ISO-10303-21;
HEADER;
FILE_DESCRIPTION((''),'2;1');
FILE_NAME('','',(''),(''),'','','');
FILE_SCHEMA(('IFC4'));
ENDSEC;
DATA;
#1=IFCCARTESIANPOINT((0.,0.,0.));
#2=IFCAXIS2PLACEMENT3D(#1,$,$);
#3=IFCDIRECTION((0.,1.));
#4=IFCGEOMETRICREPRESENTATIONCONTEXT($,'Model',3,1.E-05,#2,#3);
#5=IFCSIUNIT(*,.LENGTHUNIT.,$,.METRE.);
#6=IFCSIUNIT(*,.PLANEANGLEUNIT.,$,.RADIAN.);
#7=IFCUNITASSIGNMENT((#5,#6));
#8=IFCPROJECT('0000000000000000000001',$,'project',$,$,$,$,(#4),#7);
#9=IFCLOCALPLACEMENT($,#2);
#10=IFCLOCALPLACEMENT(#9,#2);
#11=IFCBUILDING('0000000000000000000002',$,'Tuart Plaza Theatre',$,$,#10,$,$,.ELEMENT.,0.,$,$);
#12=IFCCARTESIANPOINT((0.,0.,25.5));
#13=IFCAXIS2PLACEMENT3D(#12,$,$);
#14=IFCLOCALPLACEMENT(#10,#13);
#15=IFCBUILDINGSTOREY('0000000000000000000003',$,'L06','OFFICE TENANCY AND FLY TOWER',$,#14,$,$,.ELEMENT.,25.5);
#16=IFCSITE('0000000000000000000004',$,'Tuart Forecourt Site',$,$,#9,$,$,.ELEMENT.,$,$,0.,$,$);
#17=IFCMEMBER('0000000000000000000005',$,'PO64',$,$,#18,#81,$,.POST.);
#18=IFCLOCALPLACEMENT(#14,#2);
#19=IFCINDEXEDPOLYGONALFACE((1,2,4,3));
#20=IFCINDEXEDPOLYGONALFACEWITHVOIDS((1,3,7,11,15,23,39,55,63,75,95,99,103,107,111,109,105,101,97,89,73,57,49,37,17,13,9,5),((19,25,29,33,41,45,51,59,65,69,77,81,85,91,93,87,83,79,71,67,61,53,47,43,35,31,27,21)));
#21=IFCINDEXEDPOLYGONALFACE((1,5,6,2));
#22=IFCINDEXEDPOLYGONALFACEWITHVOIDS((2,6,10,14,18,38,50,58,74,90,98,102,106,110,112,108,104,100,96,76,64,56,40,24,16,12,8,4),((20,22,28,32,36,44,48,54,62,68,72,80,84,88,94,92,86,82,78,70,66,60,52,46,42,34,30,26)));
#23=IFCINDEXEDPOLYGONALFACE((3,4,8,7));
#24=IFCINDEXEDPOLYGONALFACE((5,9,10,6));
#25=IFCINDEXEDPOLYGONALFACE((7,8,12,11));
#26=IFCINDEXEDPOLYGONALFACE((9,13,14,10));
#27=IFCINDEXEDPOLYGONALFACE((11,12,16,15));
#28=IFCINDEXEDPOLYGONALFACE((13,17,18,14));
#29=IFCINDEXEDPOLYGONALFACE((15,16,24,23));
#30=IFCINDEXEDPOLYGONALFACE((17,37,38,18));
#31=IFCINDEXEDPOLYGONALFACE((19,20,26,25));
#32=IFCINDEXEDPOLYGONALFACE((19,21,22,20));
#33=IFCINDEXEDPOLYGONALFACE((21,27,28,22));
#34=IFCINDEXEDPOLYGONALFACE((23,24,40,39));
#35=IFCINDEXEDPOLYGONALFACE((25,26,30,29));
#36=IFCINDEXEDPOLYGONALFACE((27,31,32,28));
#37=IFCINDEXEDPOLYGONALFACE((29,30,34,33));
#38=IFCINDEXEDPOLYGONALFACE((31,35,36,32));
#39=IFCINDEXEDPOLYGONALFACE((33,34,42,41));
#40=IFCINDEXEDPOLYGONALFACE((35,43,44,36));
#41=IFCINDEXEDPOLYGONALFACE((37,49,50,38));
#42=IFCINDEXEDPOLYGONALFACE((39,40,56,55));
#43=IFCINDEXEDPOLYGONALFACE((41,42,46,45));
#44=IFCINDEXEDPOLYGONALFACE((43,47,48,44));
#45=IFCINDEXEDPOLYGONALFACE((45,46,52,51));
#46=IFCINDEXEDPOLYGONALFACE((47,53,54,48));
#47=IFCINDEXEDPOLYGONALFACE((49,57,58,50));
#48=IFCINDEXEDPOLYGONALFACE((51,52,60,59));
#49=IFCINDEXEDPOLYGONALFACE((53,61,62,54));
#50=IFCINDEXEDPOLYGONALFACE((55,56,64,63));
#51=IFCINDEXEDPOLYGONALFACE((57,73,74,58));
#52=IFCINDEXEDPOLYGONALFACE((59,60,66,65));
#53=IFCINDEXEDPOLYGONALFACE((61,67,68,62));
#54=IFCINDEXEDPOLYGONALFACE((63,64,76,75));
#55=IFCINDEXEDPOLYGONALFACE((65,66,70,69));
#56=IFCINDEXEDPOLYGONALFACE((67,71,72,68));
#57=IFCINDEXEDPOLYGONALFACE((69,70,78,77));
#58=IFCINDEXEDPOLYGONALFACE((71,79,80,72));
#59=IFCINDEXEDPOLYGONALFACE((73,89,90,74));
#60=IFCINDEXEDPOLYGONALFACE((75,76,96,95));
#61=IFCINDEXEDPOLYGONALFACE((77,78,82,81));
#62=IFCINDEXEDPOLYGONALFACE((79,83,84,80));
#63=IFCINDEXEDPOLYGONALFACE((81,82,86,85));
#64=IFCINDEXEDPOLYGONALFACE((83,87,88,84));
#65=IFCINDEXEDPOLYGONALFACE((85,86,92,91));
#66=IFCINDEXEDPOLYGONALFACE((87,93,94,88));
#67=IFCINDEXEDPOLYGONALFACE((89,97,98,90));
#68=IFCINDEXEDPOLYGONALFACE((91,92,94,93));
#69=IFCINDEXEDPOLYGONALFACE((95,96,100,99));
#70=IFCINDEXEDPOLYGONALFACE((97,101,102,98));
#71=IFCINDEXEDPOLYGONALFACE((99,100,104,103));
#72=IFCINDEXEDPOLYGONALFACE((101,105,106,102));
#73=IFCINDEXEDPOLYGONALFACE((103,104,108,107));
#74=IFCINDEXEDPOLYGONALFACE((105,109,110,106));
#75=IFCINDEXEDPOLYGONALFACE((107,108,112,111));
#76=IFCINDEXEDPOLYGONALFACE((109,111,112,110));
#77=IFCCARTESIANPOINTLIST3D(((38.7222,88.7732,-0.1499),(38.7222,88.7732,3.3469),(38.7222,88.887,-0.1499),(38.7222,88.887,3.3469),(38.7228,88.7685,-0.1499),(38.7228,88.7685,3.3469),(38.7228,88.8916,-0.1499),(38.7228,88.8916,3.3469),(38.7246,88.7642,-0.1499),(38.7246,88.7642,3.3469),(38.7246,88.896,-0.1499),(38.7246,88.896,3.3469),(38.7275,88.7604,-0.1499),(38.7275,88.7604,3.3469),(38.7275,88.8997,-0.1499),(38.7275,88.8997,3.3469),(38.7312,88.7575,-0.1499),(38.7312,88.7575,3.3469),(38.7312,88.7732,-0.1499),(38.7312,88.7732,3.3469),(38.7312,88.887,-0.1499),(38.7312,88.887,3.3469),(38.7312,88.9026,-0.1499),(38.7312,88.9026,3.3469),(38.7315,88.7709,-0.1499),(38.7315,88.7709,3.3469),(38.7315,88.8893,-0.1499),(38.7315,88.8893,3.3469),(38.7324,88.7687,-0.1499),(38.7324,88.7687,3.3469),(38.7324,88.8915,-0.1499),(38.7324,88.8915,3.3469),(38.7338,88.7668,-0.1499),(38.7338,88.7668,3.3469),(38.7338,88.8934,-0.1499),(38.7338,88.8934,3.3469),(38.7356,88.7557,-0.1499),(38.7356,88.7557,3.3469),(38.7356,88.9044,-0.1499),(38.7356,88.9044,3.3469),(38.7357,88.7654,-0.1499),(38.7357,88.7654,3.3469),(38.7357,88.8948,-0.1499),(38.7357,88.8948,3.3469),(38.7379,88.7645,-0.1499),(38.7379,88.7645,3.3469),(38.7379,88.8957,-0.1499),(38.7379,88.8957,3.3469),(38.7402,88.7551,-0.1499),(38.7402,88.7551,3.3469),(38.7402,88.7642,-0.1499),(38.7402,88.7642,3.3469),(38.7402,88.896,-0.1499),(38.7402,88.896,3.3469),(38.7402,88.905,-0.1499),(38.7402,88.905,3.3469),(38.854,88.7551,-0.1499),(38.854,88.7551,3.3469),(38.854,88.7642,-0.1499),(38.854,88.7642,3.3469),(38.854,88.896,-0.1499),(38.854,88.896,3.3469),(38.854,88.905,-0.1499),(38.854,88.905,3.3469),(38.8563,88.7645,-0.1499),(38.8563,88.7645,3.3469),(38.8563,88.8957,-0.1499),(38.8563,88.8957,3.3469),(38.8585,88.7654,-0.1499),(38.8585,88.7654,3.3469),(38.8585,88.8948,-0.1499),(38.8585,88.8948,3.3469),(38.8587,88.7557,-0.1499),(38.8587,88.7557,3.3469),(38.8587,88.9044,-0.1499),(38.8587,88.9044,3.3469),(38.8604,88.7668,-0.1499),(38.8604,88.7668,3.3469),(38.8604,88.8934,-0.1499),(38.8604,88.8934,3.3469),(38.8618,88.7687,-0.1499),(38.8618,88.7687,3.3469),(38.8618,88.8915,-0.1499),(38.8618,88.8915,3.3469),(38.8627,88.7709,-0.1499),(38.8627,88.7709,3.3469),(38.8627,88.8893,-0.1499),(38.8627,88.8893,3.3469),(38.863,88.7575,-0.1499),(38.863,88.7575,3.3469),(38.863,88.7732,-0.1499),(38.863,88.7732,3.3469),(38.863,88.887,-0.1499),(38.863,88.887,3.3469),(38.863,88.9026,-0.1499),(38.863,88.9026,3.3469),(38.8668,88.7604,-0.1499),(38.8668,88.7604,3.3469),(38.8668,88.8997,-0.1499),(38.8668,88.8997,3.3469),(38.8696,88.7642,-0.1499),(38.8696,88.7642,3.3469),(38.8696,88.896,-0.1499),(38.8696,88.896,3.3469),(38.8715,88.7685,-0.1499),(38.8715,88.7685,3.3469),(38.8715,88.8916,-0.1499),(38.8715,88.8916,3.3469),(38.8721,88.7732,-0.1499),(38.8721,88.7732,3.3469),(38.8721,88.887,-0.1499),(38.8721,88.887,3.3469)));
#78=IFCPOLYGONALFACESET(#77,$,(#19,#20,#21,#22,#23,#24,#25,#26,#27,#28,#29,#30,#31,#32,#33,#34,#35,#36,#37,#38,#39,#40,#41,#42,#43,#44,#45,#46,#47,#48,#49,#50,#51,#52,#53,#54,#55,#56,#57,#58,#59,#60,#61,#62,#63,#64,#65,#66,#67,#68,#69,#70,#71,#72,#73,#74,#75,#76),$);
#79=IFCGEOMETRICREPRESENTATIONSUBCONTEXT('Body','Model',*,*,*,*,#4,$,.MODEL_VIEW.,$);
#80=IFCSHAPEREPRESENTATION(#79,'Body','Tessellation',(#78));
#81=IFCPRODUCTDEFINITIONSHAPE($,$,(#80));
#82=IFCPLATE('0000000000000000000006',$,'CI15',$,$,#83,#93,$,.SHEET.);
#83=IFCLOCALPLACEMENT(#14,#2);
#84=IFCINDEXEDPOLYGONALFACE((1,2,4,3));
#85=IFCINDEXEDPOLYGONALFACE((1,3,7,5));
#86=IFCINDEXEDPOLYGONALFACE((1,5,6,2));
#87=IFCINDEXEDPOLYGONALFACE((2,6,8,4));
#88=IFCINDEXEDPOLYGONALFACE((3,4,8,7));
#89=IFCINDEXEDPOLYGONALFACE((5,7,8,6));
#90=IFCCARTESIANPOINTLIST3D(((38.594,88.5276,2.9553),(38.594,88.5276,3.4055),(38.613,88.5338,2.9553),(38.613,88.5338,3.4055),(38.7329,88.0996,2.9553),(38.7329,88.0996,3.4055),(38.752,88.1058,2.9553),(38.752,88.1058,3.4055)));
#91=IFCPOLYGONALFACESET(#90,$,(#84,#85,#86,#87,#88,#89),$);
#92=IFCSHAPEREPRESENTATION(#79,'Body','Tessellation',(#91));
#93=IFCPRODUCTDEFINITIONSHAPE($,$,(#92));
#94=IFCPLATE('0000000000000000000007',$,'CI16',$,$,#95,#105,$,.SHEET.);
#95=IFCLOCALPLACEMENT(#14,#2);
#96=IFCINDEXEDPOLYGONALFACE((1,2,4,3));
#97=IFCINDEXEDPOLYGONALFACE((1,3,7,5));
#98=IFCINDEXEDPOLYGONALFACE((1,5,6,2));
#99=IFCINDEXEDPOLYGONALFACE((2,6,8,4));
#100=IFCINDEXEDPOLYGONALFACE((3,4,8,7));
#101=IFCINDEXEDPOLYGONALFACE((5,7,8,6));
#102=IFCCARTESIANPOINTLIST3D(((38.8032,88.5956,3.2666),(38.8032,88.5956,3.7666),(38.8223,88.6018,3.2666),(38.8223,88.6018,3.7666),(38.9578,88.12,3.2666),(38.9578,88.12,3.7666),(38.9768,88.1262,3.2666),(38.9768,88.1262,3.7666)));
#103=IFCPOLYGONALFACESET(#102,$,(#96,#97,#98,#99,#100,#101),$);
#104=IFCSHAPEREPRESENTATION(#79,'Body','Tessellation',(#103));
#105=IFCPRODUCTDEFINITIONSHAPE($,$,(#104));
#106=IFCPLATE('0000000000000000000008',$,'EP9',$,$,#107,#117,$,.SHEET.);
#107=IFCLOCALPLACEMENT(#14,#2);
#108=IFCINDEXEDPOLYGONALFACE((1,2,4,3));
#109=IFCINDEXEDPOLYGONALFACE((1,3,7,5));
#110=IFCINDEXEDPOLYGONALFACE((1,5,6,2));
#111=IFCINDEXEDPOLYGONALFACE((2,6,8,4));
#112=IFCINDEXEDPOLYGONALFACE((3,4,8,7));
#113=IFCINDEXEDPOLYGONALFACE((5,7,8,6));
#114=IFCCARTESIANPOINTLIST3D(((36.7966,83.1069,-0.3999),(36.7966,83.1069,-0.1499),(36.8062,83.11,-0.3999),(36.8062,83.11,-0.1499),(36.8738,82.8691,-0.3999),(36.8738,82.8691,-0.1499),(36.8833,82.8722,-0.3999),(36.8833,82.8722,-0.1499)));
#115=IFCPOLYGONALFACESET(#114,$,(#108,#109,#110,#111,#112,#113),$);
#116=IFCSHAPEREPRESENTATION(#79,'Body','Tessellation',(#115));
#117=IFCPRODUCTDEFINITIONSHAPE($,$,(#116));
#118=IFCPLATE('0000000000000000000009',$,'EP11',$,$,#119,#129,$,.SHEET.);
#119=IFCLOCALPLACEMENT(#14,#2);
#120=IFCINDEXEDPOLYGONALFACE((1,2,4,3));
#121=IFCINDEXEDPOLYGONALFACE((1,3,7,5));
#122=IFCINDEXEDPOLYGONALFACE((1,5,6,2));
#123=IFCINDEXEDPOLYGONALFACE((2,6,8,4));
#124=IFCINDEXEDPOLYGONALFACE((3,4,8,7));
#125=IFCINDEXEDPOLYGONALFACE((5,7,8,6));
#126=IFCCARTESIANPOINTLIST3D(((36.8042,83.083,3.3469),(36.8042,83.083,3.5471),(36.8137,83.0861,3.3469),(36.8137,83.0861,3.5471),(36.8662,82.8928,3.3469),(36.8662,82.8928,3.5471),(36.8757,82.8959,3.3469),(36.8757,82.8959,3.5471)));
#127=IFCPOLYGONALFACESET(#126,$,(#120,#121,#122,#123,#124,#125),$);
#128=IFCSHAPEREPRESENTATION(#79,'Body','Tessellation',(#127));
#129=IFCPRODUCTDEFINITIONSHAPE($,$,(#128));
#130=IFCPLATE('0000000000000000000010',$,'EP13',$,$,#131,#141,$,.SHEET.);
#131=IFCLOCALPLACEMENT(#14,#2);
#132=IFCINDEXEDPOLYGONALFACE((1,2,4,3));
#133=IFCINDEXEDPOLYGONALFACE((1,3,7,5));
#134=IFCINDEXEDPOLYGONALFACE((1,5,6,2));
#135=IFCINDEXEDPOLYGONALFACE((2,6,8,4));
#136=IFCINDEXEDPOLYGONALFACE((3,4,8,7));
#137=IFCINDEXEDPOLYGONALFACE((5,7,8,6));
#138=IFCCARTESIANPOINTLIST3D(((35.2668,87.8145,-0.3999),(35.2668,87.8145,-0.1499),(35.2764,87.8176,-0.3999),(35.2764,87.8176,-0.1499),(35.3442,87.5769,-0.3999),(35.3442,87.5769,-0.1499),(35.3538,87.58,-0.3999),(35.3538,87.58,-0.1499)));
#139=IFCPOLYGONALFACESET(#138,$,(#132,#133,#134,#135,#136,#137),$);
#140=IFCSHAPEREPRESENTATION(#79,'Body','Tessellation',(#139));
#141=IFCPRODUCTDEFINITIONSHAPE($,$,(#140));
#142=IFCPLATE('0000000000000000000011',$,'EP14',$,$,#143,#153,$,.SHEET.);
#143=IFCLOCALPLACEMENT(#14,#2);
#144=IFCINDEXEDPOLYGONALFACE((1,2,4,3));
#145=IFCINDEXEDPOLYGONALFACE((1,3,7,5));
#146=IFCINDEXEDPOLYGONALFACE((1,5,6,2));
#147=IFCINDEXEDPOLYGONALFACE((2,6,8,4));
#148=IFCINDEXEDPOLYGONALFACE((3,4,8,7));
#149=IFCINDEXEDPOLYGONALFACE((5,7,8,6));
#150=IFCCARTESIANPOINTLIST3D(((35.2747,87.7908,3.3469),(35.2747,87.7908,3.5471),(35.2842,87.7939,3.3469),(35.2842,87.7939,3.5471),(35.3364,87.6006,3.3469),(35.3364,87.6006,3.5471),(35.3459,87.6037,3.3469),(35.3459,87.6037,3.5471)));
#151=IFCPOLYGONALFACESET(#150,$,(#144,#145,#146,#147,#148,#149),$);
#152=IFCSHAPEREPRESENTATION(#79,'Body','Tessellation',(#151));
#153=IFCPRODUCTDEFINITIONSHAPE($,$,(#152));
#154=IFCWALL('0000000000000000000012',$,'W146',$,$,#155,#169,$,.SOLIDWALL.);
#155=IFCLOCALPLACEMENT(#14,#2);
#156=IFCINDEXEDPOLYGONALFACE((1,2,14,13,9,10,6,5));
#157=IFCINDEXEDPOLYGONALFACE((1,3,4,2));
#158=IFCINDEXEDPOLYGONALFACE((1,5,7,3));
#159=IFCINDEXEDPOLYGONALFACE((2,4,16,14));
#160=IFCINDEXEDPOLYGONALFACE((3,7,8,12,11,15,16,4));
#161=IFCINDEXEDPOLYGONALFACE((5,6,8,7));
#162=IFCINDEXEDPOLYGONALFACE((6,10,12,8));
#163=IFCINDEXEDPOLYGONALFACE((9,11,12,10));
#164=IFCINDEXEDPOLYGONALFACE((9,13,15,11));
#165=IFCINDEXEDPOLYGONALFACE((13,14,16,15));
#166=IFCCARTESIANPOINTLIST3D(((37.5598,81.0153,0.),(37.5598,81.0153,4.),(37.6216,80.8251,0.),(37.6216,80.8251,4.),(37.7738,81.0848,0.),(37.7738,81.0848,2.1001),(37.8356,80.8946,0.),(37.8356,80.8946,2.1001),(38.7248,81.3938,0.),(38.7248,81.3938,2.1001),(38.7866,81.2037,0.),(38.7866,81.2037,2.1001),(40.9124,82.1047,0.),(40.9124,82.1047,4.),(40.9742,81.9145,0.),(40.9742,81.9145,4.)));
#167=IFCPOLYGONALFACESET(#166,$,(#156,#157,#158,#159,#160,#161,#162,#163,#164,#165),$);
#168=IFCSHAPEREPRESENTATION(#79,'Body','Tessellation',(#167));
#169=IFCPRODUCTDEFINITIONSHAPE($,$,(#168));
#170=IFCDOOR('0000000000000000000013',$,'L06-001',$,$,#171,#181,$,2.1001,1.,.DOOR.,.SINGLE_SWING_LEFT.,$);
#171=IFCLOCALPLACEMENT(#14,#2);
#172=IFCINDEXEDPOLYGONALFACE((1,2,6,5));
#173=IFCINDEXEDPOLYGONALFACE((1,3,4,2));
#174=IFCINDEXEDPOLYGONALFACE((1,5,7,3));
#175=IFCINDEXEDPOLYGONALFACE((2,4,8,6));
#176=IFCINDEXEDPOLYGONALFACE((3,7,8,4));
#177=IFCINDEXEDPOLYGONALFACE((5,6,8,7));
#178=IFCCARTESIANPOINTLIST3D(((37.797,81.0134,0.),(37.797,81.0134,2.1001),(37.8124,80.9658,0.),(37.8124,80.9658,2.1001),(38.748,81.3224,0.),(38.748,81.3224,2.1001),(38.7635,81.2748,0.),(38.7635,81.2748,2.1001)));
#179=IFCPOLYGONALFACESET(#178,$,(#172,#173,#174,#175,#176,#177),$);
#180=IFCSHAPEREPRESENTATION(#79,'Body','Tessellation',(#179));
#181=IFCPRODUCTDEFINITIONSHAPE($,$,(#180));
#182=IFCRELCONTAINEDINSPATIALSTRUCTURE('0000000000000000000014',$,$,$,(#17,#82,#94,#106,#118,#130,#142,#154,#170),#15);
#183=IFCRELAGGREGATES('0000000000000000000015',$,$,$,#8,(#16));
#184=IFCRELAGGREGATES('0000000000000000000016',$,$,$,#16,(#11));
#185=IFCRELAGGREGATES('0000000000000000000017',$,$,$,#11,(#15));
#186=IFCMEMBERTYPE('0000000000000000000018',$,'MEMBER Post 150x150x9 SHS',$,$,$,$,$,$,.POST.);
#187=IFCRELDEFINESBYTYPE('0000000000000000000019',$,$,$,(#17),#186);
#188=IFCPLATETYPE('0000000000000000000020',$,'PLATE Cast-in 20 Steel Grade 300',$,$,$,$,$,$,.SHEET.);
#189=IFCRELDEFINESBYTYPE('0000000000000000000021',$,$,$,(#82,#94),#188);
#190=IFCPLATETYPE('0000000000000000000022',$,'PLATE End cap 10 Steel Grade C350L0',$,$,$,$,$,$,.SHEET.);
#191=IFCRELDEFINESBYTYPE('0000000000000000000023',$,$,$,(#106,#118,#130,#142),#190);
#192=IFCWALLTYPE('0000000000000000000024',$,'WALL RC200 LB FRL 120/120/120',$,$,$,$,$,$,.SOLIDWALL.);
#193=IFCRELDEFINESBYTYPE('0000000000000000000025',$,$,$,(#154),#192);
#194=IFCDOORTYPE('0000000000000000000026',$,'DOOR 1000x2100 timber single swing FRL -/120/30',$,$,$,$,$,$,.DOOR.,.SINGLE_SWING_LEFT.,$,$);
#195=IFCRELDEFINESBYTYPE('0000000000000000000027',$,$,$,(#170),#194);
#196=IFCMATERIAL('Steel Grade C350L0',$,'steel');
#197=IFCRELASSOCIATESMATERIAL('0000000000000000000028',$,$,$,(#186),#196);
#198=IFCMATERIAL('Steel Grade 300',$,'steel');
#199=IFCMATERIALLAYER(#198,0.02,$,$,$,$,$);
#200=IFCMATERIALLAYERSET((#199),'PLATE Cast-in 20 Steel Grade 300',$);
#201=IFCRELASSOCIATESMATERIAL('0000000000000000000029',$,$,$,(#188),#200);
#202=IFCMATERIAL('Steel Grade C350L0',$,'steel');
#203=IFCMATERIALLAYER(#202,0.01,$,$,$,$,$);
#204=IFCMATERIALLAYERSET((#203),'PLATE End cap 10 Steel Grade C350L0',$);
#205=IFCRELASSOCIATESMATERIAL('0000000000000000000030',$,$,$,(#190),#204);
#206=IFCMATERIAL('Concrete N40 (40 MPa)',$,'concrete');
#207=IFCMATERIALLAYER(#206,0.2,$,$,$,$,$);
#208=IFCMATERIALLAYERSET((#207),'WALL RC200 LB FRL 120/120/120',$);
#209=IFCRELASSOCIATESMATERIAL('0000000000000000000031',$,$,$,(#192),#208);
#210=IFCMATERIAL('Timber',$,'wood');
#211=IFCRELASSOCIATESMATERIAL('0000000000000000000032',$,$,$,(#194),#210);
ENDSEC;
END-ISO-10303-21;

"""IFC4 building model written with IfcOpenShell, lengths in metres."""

from ifc_helpers import new_model, si_unit, direction, frame, frame_2d, origin, origin_2d, place, context, subcontext, project, spatial, polyline, rectangle, hollow_rectangle, outline, extrude, material, layer, layer_set, material_profile, profile_set, type_object, element, fill, save


model = new_model("IFC4")

# Units and contexts
model_context = context("Model", 3, precision=1e-05, world=origin(), true_north=direction((0.0, 1.0)))
body_context = subcontext(model_context, "Body", "Model", "MODEL_VIEW")
ifc_project = project(units=[si_unit("LENGTHUNIT", "METRE"), si_unit("PLANEANGLEUNIT", "RADIAN")], contexts=[model_context])

# Site, building, storey
site_placement = place(None, origin())
site = spatial("IfcSite", under=ifc_project, at=site_placement, Name="Tuart Forecourt Site", CompositionType="ELEMENT", RefElevation=0.0)
building_placement = place(site_placement, origin())
building = spatial("IfcBuilding", under=site, at=building_placement, Name="Tuart Plaza Theatre", CompositionType="ELEMENT", ElevationOfRefHeight=0.0)
storey_placement = place(building_placement, frame((0.0, 0.0, 25.5)))
storey = spatial("IfcBuildingStorey", under=building, at=storey_placement, Name="L06", Description="OFFICE TENANCY AND FLY TOWER", CompositionType="ELEMENT", Elevation=25.5)

# Member
ifc_material_1 = material(Name="Steel Grade C350L0", Category="steel")
ifc_material_profile_1 = material_profile(ifc_material_1, hollow_rectangle(XDim=0.1499, YDim=0.1499, WallThickness=0.009, InnerFilletRadius=0.009, OuterFilletRadius=0.0181, at=origin_2d()), Name="150x150x9 SHS")
ifc_profile_set_1 = profile_set([ifc_material_profile_1], Name="Steel Grade C350L0")
member_type_1 = type_object("IfcMemberType", Name="MEMBER Post 150x150x9 SHS", PredefinedType="POST", material=ifc_profile_set_1)
for number, where, z_axis, x_axis, name in (
    (1, (38.7971, 88.8301, -0.1499), (0.0, 0.0, 1.0), (1.0, 0.0, 0.0), "PO64"),
):
    element("IfcMember", number, at=place(storey_placement, frame(where, z_axis=z_axis, x_axis=x_axis)), inside=storey, type_object=member_type_1, Name=name, PredefinedType="POST", context=body_context, shape_type="SweptSolid", body=[
        extrude(hollow_rectangle(XDim=0.1499, YDim=0.1499, WallThickness=0.009, InnerFilletRadius=0.009, OuterFilletRadius=0.0181, at=origin_2d()), origin(), (0.0, 0.0, 1.0), 3.4968),
    ])

# Plates
ifc_material_2 = material(Name="Steel Grade 300", Category="steel")
ifc_layer_1 = layer(ifc_material_2, 0.02)
ifc_layer_set_1 = layer_set([ifc_layer_1], Name="PLATE Cast-in 20 Steel Grade 300")
plate_type_1 = type_object("IfcPlateType", Name="PLATE Cast-in 20 Steel Grade 300", PredefinedType="SHEET", material=ifc_layer_set_1)
plate_1_placement = place(storey_placement, frame((38.7329, 88.0996, 3.4055), z_axis=(-0.95115, -0.30873, 0.0), x_axis=(-0.30873, 0.95115, 0.0)))
element("IfcPlate", 2, at=plate_1_placement, inside=storey, type_object=plate_type_1, Name="CI15", PredefinedType="SHEET", context=body_context, shape_type="SweptSolid", body=[
    extrude(outline(polyline([(0.0, 0.0), (0.45, 0.0), (0.45, 0.4502), (0.0, 0.4502), (0.0, 0.0)])), origin(), (0.0, 0.0, -1.0), 0.02),
])
plate_2_placement = place(storey_placement, frame((38.9768, 88.1262, 3.2666), z_axis=(0.951048, 0.309042, 0.0), x_axis=(-0.309042, 0.951048, 0.0)))
element("IfcPlate", 3, at=plate_2_placement, inside=storey, type_object=plate_type_1, Name="CI16", PredefinedType="SHEET", context=body_context, shape_type="SweptSolid", body=[
    extrude(outline(polyline([(0.0, 0.0), (0.5001, 0.0), (0.5001, 0.5), (0.0, 0.5), (0.0, 0.0)])), origin(), (0.0, 0.0, -1.0), 0.02),
])
ifc_material_3 = material(Name="Steel Grade C350L0", Category="steel")
ifc_layer_2 = layer(ifc_material_3, 0.01)
ifc_layer_set_2 = layer_set([ifc_layer_2], Name="PLATE End cap 10 Steel Grade C350L0")
plate_type_2 = type_object("IfcPlateType", Name="PLATE End cap 10 Steel Grade C350L0", PredefinedType="SHEET", material=ifc_layer_set_2)
plate_3_placement = place(storey_placement, frame((36.8738, 82.8691, -0.1499), z_axis=(-0.951192, -0.3086, 0.0), x_axis=(-0.3086, 0.951192, 0.0)))
element("IfcPlate", 4, at=plate_3_placement, inside=storey, type_object=plate_type_2, Name="EP9", PredefinedType="SHEET", context=body_context, shape_type="SweptSolid", body=[
    extrude(outline(polyline([(0.0, 0.0), (0.25, 0.0), (0.25, 0.25), (0.0, 0.25), (0.0, 0.0)])), origin(), (0.0, 0.0, -1.0), 0.01),
])
plate_4_placement = place(storey_placement, frame((36.8662, 82.8928, 3.5471), z_axis=(-0.950738, -0.309997, 0.0), x_axis=(-0.309997, 0.950738, 0.0)))
element("IfcPlate", 5, at=plate_4_placement, inside=storey, type_object=plate_type_2, Name="EP11", PredefinedType="SHEET", context=body_context, shape_type="SweptSolid", body=[
    extrude(outline(polyline([(0.0, 0.0), (0.2, 0.0), (0.2, 0.2002), (0.0, 0.2002), (0.0, 0.0)])), origin(), (0.0, 0.0, -1.0), 0.01),
])
plate_5_placement = place(storey_placement, frame((35.3442, 87.5769, -0.1499), z_axis=(-0.950811, -0.309771, 0.0), x_axis=(-0.309771, 0.950811, 0.0)))
element("IfcPlate", 6, at=plate_5_placement, inside=storey, type_object=plate_type_2, Name="EP13", PredefinedType="SHEET", context=body_context, shape_type="SweptSolid", body=[
    extrude(outline(polyline([(0.0, 0.0), (0.2498, 0.0), (0.2498, 0.25), (0.0, 0.25), (0.0, 0.0)])), origin(), (0.0, 0.0, -1.0), 0.01),
])
plate_6_placement = place(storey_placement, frame((35.3364, 87.6006, 3.5471), z_axis=(-0.951097, -0.308893, 0.0), x_axis=(-0.308893, 0.951097, 0.0)))
element("IfcPlate", 7, at=plate_6_placement, inside=storey, type_object=plate_type_2, Name="EP14", PredefinedType="SHEET", context=body_context, shape_type="SweptSolid", body=[
    extrude(outline(polyline([(0.0, 0.0), (0.2, 0.0), (0.2, 0.2002), (0.0, 0.2002), (0.0, 0.0)])), origin(), (0.0, 0.0, -1.0), 0.01),
])

# Wall, opening, door
ifc_material_4 = material(Name="Concrete N40 (40 MPa)", Category="concrete")
ifc_layer_3 = layer(ifc_material_4, 0.2)
ifc_layer_set_3 = layer_set([ifc_layer_3], Name="WALL RC200 LB FRL 120/120/120")
wall_type_1 = type_object("IfcWallType", Name="WALL RC200 LB FRL 120/120/120", PredefinedType="SOLIDWALL", material=ifc_layer_set_3)
wall_1_placement = place(storey_placement, frame((37.5906, 80.9202, 0.0), z_axis=(0.0, 0.0, 1.0), x_axis=(0.951052, 0.30903, 0.0)))
wall_1 = element("IfcWall", 8, at=wall_1_placement, inside=storey, type_object=wall_type_1, Name="W146", PredefinedType="SOLIDWALL", context=body_context, shape_type="SweptSolid", body=[
    extrude(rectangle(XDim=3.5251, YDim=0.2, at=frame_2d((1.7627, 0.0))), origin(), (0.0, 0.0, 1.0), 4.0),
])
opening_placement = place(wall_1_placement, frame((0.2251, 0.0, 0.0)))
opening = element("IfcOpeningElement", 9, at=opening_placement, cuts=wall_1, PredefinedType="OPENING", context=body_context, shape_type="SweptSolid", body=[
    extrude(rectangle(XDim=1.0, YDim=2.1001, at=frame_2d((0.5, 1.05))), frame((0.0, 0.1099, 0.0), z_axis=(0.0, -1.0, 0.0), x_axis=(1.0, 0.0, 0.0)), (0.0, 0.0, 1.0), 0.22),
])
ifc_material_5 = material(Name="Timber", Category="wood")
door_type = type_object("IfcDoorType", Name="DOOR 1000x2100 timber single swing FRL -/120/30", OperationType="SINGLE_SWING_LEFT", PredefinedType="DOOR", material=ifc_material_5)
door_placement = place(opening_placement, origin())
door = element("IfcDoor", 10, at=door_placement, inside=storey, type_object=door_type, Name="L06-001", OperationType="SINGLE_SWING_LEFT", OverallHeight=2.1001, OverallWidth=1.0, PredefinedType="DOOR", context=body_context, shape_type="SweptSolid", body=[
    extrude(rectangle(XDim=1.0, YDim=2.1001, at=frame_2d((0.5, 1.05))), frame((0.0, 0.0249, 0.0), z_axis=(0.0, -1.0, 0.0), x_axis=(1.0, 0.0, 0.0)), (0.0, 0.0, 1.0), 0.05),
])
fill(opening, door)

save(model, "model.ifc")
